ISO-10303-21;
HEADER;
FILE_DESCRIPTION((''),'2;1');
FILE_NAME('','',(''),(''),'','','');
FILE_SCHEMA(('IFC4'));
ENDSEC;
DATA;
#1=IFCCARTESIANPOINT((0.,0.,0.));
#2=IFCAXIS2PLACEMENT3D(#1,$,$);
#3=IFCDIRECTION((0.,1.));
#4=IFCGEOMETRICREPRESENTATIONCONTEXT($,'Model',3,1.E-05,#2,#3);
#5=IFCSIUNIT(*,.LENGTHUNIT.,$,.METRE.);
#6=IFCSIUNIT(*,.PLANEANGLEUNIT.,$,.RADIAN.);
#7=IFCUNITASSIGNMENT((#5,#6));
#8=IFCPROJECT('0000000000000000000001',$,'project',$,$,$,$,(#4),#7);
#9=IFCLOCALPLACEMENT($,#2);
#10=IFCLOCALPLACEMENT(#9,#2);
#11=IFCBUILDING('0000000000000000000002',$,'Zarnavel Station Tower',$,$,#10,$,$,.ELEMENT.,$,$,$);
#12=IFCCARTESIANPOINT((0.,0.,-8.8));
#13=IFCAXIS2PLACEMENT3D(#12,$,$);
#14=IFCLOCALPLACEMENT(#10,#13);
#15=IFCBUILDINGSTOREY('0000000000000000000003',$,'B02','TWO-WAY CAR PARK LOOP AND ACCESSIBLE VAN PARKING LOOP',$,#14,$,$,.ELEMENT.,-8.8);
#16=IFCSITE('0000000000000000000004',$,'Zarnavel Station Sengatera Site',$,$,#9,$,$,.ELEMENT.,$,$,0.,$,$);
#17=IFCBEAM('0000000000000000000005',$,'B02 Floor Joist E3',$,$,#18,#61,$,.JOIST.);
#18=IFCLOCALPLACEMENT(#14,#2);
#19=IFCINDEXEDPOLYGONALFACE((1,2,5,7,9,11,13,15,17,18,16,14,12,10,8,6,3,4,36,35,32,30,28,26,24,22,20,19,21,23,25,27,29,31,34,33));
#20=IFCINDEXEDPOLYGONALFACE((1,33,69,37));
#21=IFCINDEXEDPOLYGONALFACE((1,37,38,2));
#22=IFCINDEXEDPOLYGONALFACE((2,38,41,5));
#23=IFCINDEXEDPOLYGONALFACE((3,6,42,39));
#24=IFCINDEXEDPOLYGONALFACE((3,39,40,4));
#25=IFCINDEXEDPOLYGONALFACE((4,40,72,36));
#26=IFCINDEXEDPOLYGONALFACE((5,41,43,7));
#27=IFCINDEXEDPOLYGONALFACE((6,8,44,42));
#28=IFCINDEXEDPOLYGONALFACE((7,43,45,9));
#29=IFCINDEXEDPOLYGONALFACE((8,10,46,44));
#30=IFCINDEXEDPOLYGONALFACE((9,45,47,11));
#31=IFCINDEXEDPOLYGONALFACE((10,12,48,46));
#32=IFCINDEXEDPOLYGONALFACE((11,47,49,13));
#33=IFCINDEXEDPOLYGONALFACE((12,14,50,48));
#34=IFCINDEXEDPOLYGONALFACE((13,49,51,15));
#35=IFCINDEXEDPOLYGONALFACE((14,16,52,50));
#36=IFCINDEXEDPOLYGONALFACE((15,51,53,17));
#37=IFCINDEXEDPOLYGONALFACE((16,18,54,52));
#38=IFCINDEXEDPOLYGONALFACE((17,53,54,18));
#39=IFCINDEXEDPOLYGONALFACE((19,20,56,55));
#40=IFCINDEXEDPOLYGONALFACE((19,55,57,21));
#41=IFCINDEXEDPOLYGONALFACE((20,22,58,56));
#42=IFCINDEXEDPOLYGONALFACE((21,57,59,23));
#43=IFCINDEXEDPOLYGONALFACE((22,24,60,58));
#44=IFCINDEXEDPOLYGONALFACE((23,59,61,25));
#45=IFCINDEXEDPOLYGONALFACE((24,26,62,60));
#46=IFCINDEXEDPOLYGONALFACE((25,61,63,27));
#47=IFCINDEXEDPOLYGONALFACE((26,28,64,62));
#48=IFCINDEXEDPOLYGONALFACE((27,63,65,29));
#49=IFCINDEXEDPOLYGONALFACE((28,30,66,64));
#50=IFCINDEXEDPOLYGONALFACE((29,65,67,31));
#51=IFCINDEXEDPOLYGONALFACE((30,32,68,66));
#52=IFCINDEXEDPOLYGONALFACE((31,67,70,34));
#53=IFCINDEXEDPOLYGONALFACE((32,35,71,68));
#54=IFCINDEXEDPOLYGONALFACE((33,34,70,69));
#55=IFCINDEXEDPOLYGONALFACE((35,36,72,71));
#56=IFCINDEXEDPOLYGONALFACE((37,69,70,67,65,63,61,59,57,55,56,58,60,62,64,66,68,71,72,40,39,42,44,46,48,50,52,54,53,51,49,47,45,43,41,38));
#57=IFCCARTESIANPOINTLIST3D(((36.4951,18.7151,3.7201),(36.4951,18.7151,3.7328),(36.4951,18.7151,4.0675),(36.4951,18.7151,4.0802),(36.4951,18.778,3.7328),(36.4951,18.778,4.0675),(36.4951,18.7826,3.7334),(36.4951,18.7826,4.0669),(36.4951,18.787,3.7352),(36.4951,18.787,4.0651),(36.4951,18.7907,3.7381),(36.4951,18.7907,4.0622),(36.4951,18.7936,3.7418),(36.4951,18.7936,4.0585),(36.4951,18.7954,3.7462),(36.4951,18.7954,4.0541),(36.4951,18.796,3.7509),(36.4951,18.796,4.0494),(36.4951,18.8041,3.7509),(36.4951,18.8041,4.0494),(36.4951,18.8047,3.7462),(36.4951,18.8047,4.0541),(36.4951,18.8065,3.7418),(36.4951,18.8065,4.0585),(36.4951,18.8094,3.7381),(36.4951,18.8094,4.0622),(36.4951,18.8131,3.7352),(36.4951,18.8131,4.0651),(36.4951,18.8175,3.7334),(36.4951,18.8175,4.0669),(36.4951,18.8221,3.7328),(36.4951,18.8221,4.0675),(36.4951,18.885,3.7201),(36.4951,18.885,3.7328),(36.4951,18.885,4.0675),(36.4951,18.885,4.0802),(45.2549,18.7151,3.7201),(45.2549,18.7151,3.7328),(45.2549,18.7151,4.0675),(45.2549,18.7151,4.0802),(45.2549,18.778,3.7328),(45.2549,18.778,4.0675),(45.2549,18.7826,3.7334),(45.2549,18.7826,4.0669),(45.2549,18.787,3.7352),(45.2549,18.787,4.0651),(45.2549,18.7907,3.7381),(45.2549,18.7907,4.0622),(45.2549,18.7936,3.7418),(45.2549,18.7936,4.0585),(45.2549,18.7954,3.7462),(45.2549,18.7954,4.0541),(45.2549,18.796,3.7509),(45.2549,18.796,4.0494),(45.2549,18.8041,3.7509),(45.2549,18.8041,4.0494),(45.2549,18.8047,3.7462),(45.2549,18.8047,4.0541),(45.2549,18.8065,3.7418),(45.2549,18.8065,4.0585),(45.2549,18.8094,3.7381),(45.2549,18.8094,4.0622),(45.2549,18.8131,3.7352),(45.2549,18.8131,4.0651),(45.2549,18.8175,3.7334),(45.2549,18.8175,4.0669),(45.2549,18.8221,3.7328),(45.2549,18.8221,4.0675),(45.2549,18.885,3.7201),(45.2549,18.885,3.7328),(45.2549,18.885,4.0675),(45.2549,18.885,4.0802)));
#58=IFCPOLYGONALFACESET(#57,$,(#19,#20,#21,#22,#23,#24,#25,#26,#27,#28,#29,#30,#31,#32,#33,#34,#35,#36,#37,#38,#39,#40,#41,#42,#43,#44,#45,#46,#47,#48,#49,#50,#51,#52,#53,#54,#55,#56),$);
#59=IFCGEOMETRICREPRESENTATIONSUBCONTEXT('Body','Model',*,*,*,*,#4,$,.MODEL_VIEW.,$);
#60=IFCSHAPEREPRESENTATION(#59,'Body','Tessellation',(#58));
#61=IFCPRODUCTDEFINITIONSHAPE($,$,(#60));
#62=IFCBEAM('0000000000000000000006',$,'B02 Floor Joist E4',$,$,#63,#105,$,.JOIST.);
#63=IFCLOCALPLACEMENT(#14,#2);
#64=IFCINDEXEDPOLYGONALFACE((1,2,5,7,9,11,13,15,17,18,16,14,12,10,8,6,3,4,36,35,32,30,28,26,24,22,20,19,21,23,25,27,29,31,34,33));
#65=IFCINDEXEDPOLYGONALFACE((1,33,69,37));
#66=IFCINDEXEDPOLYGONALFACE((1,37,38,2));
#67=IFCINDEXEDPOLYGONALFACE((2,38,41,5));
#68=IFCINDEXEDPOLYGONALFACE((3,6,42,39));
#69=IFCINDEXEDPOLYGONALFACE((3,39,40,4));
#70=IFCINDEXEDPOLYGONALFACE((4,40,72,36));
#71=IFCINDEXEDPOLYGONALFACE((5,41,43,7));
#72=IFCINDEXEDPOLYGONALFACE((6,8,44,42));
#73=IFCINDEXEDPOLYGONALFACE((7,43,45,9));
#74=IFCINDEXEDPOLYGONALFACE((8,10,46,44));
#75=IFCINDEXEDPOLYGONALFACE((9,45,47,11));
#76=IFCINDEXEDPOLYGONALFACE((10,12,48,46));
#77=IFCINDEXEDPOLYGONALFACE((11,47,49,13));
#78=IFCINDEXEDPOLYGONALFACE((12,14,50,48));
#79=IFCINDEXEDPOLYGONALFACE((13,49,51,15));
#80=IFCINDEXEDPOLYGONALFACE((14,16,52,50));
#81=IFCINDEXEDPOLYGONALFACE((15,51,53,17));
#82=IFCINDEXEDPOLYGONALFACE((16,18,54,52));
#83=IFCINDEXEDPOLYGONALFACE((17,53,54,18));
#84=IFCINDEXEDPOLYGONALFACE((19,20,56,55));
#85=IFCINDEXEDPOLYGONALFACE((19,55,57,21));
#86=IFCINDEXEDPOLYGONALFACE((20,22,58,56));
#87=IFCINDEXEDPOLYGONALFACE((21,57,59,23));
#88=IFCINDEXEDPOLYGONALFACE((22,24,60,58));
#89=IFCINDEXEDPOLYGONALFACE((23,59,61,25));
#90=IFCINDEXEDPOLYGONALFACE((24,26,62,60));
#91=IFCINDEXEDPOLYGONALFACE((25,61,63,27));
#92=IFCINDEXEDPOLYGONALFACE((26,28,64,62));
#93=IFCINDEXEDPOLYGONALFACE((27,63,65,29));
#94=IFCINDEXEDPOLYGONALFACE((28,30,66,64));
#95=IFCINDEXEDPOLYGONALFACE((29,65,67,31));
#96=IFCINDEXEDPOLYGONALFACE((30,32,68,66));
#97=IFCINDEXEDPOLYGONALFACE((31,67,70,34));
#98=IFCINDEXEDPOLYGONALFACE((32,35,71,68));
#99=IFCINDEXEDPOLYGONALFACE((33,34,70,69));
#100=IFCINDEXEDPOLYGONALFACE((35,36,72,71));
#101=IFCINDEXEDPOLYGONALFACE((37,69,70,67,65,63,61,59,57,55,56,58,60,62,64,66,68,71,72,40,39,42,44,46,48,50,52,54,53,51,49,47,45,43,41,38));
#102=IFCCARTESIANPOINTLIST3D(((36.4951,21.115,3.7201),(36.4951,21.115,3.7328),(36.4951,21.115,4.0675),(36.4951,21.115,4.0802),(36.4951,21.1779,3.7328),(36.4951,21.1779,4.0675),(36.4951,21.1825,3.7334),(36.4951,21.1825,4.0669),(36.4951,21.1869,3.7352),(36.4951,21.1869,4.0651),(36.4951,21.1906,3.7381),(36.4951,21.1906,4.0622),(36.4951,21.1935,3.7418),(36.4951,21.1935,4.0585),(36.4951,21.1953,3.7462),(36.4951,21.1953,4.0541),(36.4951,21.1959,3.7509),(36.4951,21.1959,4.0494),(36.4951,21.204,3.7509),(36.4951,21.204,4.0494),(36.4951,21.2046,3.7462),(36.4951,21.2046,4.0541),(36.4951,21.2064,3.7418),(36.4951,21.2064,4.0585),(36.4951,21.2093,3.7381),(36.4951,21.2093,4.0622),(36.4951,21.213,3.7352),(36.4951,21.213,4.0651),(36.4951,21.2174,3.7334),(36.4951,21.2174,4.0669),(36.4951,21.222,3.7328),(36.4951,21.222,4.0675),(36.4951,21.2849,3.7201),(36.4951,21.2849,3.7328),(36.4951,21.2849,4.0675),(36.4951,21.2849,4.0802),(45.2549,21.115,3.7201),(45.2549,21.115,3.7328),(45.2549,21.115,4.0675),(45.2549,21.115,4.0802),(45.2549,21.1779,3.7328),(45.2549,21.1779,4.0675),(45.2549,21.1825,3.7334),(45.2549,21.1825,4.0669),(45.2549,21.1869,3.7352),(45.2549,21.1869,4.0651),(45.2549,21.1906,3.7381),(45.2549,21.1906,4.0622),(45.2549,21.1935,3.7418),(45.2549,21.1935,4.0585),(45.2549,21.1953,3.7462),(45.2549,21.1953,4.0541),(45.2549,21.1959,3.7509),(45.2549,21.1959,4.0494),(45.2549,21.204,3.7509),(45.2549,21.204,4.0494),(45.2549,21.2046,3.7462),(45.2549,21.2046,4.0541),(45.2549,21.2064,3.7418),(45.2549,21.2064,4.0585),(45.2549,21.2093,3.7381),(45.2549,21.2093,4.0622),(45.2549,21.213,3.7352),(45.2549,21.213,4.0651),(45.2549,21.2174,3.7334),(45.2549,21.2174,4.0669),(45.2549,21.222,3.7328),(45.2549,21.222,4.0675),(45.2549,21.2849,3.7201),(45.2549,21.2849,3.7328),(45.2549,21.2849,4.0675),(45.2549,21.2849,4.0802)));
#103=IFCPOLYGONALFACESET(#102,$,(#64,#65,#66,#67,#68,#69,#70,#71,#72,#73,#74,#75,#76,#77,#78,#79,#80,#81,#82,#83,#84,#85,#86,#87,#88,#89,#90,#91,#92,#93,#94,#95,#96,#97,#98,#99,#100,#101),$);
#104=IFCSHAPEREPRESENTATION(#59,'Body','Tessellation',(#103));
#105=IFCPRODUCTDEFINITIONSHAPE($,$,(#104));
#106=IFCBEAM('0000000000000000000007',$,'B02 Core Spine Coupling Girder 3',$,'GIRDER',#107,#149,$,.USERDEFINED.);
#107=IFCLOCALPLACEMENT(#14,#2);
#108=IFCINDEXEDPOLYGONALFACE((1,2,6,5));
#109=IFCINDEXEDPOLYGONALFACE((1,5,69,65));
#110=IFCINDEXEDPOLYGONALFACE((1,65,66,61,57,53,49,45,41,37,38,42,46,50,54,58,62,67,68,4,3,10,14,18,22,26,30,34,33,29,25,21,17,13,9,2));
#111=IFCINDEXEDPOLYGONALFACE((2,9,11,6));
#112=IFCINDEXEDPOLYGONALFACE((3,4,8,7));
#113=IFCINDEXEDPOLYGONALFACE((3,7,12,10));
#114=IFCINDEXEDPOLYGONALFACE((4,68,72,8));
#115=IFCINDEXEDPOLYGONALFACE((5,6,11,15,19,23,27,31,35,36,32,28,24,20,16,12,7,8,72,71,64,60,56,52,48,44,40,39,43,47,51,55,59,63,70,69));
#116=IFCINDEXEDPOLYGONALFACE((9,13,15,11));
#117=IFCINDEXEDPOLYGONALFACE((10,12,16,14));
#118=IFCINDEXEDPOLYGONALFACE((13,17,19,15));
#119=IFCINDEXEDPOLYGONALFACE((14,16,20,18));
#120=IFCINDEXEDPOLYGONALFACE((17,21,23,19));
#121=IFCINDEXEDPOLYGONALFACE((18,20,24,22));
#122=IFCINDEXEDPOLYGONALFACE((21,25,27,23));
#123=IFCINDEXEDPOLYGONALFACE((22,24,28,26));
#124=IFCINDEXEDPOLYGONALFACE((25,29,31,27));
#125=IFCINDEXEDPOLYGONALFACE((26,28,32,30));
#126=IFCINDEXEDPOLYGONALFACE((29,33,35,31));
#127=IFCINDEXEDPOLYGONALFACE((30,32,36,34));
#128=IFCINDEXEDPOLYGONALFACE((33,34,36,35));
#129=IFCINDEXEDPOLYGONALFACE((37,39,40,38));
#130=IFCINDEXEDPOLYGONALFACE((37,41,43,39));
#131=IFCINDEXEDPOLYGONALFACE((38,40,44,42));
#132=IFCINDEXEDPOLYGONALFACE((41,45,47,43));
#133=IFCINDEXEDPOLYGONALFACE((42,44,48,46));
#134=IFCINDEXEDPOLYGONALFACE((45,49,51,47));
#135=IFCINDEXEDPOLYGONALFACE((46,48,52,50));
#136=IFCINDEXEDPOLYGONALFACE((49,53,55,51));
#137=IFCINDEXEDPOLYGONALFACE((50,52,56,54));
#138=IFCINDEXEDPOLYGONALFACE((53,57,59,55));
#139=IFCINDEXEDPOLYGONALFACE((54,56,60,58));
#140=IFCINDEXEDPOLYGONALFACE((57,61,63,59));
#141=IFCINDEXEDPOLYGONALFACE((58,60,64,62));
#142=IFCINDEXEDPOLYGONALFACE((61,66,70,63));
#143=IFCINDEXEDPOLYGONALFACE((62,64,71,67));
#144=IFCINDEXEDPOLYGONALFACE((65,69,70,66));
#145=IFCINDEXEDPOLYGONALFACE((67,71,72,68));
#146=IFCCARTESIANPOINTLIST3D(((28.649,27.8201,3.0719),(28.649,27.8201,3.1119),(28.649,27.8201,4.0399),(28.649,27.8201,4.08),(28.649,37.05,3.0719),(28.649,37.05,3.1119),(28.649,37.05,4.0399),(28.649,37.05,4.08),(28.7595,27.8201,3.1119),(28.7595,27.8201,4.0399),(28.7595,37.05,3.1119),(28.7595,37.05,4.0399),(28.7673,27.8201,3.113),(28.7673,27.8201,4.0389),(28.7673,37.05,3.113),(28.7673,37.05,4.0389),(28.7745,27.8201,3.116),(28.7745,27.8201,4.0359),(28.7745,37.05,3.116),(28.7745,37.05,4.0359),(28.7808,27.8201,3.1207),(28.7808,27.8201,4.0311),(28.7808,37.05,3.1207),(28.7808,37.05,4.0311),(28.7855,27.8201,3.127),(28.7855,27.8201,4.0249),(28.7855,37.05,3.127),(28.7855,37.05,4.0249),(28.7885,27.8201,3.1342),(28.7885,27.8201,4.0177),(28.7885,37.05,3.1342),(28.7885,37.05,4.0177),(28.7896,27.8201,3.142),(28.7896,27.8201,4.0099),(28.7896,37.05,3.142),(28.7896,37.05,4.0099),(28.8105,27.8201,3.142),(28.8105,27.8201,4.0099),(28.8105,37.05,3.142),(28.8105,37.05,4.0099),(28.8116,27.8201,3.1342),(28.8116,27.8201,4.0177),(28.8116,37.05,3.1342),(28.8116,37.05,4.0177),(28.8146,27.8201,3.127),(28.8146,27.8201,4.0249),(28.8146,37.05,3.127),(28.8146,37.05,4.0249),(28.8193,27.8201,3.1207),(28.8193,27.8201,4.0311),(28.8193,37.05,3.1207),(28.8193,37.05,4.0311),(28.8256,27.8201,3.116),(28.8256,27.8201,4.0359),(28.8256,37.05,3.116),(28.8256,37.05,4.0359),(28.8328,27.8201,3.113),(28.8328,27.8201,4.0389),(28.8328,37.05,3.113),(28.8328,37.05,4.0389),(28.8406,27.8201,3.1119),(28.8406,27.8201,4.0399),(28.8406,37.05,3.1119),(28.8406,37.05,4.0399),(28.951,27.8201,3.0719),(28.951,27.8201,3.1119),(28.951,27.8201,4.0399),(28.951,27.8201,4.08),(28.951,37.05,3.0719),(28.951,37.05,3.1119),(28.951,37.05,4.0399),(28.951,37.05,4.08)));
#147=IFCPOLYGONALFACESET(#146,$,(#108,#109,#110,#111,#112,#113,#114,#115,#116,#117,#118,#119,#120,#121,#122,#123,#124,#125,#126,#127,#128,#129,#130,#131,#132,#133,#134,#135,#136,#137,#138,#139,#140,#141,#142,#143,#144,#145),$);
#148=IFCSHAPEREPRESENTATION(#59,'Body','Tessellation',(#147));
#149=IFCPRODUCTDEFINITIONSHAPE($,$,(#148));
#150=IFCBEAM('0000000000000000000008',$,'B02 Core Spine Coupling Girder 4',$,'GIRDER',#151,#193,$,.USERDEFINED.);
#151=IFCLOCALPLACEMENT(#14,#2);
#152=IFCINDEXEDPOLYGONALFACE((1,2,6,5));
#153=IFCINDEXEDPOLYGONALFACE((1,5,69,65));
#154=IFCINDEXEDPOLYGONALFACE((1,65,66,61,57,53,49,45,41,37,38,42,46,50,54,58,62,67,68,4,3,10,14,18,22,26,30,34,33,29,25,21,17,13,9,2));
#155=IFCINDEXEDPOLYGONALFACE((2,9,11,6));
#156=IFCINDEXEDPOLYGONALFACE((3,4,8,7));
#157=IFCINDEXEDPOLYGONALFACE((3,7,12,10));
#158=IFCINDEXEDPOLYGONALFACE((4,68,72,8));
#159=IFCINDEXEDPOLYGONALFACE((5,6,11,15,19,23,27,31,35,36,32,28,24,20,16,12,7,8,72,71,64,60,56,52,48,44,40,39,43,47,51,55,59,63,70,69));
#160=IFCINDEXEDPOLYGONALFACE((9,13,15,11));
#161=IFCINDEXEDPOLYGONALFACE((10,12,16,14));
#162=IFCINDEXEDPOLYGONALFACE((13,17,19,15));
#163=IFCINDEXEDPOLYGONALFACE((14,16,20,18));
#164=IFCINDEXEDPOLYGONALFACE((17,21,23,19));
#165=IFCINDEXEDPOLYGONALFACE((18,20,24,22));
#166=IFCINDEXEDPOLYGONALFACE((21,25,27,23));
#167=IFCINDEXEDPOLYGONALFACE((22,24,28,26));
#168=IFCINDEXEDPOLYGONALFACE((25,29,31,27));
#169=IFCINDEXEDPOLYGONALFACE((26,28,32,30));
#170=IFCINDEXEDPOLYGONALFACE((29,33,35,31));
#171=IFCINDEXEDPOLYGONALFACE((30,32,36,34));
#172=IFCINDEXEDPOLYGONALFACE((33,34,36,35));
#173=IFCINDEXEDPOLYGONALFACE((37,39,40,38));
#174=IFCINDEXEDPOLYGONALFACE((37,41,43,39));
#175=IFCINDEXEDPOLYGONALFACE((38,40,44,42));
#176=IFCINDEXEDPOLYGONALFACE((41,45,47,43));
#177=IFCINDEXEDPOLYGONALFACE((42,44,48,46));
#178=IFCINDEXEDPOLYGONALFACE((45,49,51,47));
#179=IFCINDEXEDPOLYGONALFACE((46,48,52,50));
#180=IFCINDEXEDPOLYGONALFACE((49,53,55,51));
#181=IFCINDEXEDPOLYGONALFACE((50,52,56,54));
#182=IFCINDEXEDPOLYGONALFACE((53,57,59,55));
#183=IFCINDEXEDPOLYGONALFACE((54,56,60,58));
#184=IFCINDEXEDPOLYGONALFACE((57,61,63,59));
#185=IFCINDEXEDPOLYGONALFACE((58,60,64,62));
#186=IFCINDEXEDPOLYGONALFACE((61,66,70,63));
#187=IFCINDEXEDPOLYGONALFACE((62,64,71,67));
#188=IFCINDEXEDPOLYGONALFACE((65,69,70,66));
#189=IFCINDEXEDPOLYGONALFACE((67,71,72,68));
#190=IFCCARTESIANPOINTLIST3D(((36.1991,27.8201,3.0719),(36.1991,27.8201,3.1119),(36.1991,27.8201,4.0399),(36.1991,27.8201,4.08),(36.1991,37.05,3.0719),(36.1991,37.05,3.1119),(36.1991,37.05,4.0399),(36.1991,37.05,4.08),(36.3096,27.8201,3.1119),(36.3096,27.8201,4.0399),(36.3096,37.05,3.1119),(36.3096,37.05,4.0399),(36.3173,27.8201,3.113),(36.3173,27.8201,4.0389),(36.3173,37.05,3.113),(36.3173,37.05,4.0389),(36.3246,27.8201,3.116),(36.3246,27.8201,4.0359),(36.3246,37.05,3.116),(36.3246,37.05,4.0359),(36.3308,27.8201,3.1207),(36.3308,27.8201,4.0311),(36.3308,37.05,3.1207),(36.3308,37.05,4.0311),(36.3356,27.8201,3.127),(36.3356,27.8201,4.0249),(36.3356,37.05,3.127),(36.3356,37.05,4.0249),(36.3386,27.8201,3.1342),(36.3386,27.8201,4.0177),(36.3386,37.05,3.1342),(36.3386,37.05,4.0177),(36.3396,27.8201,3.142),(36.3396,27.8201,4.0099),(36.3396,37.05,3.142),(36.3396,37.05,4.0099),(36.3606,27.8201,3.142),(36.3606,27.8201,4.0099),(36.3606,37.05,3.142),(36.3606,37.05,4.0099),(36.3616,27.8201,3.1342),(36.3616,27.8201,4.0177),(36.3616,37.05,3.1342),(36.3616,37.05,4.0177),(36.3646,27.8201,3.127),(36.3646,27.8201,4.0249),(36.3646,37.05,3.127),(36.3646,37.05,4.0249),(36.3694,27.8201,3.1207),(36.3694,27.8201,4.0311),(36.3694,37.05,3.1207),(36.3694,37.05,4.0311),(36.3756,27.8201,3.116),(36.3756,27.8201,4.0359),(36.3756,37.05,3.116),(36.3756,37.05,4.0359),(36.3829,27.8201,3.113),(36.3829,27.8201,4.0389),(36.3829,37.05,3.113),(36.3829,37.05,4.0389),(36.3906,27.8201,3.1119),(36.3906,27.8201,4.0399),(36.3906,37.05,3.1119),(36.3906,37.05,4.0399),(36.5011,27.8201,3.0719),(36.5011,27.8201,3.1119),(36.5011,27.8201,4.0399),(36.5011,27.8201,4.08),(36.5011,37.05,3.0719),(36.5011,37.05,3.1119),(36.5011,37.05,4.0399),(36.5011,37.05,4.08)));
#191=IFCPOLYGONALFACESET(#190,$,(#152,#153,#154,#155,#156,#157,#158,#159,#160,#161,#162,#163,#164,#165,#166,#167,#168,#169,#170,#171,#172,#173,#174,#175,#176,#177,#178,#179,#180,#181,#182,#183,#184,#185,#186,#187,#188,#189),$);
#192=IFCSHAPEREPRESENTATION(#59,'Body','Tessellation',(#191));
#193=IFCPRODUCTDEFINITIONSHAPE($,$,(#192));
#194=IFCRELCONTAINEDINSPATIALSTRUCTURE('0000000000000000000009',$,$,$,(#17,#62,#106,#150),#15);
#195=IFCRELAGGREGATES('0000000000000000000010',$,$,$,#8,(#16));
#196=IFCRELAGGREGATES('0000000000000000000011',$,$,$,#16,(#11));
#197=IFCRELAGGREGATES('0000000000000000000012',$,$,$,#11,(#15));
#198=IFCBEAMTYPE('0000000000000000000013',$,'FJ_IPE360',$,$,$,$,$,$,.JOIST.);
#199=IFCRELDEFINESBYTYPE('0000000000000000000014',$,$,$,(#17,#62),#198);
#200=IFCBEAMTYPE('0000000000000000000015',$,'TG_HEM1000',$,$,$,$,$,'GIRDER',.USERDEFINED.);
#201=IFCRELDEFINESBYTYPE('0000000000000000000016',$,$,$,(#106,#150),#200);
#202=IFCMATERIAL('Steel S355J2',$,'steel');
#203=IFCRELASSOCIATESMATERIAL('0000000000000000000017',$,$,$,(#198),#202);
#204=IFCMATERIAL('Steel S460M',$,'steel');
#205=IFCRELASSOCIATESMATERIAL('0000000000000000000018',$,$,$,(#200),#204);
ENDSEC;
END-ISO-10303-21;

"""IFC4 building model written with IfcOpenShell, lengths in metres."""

from ifc_helpers import new_model, si_unit, direction, frame, origin, origin_2d, place, context, subcontext, project, spatial, i_section, extrude, material, material_profile, profile_set, type_object, element, save


model = new_model("IFC4")

# Units and contexts
model_context = context("Model", 3, precision=1e-05, world=origin(), true_north=direction((0.0, 1.0)))
body_context = subcontext(model_context, "Body", "Model", "MODEL_VIEW")
ifc_project = project(units=[si_unit("LENGTHUNIT", "METRE"), si_unit("PLANEANGLEUNIT", "RADIAN")], contexts=[model_context])

# Site, building, storey
site_placement = place(None, origin())
site = spatial("IfcSite", under=ifc_project, at=site_placement, Name="Zarnavel Station Sengatera Site", CompositionType="ELEMENT", RefElevation=0.0)
building_placement = place(site_placement, origin())
building = spatial("IfcBuilding", under=site, at=building_placement, Name="Zarnavel Station Tower", CompositionType="ELEMENT")
storey_placement = place(building_placement, frame((0.0, 0.0, -8.8)))
storey = spatial("IfcBuildingStorey", under=building, at=storey_placement, Name="B02", Description="TWO-WAY CAR PARK LOOP AND ACCESSIBLE VAN PARKING LOOP", CompositionType="ELEMENT", Elevation=-8.8)

# Beams
ifc_material_1 = material(Name="Steel S355J2", Category="steel")
ifc_material_profile_1 = material_profile(ifc_material_1, i_section(OverallWidth=0.1699, OverallDepth=0.3601, WebThickness=0.0081, FlangeThickness=0.0127, FilletRadius=0.0181, at=origin_2d()), Name="IPE360")
ifc_profile_set_1 = profile_set([ifc_material_profile_1], Name="Steel S355J2")
beam_type_1 = type_object("IfcBeamType", Name="FJ_IPE360", PredefinedType="JOIST", material=ifc_profile_set_1)
for number, where, z_axis, x_axis, name in (
    (1, (36.4951, 18.8, 3.9001), (1.0, 0.0, 0.0), (0.0, 1.0, 0.0), "B02 Floor Joist E3"),
    (2, (36.4951, 21.2, 3.9001), (1.0, 0.0, 0.0), (0.0, 1.0, 0.0), "B02 Floor Joist E4"),
):
    element("IfcBeam", number, at=place(storey_placement, frame(where, z_axis=z_axis, x_axis=x_axis)), inside=storey, type_object=beam_type_1, Name=name, PredefinedType="JOIST", context=body_context, shape_type="SweptSolid", body=[
        extrude(i_section(OverallWidth=0.1699, OverallDepth=0.3601, WebThickness=0.0081, FlangeThickness=0.0127, FilletRadius=0.0181, at=origin_2d()), origin(), (0.0, 0.0, 1.0), 8.7598),
    ])
ifc_material_2 = material(Name="Steel S460M", Category="steel")
ifc_material_profile_2 = material_profile(ifc_material_2, i_section(OverallWidth=0.302, OverallDepth=1.0081, WebThickness=0.021, FlangeThickness=0.04, FilletRadius=0.03, at=origin_2d()), Name="HEM1000")
ifc_profile_set_2 = profile_set([ifc_material_profile_2], Name="Steel S460M")
beam_type_2 = type_object("IfcBeamType", Name="TG_HEM1000", ElementType="GIRDER", PredefinedType="USERDEFINED", material=ifc_profile_set_2)
for number, where, z_axis, x_axis, name in (
    (3, (28.8, 27.8201, 3.5759), (0.0, 1.0, 0.0), (-1.0, 0.0, 0.0), "B02 Core Spine Coupling Girder 3"),
    (4, (36.3501, 27.8201, 3.5759), (0.0, 1.0, 0.0), (-1.0, 0.0, 0.0), "B02 Core Spine Coupling Girder 4"),
):
    element("IfcBeam", number, at=place(storey_placement, frame(where, z_axis=z_axis, x_axis=x_axis)), inside=storey, type_object=beam_type_2, Name=name, ObjectType="GIRDER", PredefinedType="USERDEFINED", context=body_context, shape_type="SweptSolid", body=[
        extrude(i_section(OverallWidth=0.302, OverallDepth=1.0081, WebThickness=0.021, FlangeThickness=0.04, FilletRadius=0.03, at=origin_2d()), origin(), (0.0, 0.0, 1.0), 9.23),
    ])

save(model, "model.ifc")
